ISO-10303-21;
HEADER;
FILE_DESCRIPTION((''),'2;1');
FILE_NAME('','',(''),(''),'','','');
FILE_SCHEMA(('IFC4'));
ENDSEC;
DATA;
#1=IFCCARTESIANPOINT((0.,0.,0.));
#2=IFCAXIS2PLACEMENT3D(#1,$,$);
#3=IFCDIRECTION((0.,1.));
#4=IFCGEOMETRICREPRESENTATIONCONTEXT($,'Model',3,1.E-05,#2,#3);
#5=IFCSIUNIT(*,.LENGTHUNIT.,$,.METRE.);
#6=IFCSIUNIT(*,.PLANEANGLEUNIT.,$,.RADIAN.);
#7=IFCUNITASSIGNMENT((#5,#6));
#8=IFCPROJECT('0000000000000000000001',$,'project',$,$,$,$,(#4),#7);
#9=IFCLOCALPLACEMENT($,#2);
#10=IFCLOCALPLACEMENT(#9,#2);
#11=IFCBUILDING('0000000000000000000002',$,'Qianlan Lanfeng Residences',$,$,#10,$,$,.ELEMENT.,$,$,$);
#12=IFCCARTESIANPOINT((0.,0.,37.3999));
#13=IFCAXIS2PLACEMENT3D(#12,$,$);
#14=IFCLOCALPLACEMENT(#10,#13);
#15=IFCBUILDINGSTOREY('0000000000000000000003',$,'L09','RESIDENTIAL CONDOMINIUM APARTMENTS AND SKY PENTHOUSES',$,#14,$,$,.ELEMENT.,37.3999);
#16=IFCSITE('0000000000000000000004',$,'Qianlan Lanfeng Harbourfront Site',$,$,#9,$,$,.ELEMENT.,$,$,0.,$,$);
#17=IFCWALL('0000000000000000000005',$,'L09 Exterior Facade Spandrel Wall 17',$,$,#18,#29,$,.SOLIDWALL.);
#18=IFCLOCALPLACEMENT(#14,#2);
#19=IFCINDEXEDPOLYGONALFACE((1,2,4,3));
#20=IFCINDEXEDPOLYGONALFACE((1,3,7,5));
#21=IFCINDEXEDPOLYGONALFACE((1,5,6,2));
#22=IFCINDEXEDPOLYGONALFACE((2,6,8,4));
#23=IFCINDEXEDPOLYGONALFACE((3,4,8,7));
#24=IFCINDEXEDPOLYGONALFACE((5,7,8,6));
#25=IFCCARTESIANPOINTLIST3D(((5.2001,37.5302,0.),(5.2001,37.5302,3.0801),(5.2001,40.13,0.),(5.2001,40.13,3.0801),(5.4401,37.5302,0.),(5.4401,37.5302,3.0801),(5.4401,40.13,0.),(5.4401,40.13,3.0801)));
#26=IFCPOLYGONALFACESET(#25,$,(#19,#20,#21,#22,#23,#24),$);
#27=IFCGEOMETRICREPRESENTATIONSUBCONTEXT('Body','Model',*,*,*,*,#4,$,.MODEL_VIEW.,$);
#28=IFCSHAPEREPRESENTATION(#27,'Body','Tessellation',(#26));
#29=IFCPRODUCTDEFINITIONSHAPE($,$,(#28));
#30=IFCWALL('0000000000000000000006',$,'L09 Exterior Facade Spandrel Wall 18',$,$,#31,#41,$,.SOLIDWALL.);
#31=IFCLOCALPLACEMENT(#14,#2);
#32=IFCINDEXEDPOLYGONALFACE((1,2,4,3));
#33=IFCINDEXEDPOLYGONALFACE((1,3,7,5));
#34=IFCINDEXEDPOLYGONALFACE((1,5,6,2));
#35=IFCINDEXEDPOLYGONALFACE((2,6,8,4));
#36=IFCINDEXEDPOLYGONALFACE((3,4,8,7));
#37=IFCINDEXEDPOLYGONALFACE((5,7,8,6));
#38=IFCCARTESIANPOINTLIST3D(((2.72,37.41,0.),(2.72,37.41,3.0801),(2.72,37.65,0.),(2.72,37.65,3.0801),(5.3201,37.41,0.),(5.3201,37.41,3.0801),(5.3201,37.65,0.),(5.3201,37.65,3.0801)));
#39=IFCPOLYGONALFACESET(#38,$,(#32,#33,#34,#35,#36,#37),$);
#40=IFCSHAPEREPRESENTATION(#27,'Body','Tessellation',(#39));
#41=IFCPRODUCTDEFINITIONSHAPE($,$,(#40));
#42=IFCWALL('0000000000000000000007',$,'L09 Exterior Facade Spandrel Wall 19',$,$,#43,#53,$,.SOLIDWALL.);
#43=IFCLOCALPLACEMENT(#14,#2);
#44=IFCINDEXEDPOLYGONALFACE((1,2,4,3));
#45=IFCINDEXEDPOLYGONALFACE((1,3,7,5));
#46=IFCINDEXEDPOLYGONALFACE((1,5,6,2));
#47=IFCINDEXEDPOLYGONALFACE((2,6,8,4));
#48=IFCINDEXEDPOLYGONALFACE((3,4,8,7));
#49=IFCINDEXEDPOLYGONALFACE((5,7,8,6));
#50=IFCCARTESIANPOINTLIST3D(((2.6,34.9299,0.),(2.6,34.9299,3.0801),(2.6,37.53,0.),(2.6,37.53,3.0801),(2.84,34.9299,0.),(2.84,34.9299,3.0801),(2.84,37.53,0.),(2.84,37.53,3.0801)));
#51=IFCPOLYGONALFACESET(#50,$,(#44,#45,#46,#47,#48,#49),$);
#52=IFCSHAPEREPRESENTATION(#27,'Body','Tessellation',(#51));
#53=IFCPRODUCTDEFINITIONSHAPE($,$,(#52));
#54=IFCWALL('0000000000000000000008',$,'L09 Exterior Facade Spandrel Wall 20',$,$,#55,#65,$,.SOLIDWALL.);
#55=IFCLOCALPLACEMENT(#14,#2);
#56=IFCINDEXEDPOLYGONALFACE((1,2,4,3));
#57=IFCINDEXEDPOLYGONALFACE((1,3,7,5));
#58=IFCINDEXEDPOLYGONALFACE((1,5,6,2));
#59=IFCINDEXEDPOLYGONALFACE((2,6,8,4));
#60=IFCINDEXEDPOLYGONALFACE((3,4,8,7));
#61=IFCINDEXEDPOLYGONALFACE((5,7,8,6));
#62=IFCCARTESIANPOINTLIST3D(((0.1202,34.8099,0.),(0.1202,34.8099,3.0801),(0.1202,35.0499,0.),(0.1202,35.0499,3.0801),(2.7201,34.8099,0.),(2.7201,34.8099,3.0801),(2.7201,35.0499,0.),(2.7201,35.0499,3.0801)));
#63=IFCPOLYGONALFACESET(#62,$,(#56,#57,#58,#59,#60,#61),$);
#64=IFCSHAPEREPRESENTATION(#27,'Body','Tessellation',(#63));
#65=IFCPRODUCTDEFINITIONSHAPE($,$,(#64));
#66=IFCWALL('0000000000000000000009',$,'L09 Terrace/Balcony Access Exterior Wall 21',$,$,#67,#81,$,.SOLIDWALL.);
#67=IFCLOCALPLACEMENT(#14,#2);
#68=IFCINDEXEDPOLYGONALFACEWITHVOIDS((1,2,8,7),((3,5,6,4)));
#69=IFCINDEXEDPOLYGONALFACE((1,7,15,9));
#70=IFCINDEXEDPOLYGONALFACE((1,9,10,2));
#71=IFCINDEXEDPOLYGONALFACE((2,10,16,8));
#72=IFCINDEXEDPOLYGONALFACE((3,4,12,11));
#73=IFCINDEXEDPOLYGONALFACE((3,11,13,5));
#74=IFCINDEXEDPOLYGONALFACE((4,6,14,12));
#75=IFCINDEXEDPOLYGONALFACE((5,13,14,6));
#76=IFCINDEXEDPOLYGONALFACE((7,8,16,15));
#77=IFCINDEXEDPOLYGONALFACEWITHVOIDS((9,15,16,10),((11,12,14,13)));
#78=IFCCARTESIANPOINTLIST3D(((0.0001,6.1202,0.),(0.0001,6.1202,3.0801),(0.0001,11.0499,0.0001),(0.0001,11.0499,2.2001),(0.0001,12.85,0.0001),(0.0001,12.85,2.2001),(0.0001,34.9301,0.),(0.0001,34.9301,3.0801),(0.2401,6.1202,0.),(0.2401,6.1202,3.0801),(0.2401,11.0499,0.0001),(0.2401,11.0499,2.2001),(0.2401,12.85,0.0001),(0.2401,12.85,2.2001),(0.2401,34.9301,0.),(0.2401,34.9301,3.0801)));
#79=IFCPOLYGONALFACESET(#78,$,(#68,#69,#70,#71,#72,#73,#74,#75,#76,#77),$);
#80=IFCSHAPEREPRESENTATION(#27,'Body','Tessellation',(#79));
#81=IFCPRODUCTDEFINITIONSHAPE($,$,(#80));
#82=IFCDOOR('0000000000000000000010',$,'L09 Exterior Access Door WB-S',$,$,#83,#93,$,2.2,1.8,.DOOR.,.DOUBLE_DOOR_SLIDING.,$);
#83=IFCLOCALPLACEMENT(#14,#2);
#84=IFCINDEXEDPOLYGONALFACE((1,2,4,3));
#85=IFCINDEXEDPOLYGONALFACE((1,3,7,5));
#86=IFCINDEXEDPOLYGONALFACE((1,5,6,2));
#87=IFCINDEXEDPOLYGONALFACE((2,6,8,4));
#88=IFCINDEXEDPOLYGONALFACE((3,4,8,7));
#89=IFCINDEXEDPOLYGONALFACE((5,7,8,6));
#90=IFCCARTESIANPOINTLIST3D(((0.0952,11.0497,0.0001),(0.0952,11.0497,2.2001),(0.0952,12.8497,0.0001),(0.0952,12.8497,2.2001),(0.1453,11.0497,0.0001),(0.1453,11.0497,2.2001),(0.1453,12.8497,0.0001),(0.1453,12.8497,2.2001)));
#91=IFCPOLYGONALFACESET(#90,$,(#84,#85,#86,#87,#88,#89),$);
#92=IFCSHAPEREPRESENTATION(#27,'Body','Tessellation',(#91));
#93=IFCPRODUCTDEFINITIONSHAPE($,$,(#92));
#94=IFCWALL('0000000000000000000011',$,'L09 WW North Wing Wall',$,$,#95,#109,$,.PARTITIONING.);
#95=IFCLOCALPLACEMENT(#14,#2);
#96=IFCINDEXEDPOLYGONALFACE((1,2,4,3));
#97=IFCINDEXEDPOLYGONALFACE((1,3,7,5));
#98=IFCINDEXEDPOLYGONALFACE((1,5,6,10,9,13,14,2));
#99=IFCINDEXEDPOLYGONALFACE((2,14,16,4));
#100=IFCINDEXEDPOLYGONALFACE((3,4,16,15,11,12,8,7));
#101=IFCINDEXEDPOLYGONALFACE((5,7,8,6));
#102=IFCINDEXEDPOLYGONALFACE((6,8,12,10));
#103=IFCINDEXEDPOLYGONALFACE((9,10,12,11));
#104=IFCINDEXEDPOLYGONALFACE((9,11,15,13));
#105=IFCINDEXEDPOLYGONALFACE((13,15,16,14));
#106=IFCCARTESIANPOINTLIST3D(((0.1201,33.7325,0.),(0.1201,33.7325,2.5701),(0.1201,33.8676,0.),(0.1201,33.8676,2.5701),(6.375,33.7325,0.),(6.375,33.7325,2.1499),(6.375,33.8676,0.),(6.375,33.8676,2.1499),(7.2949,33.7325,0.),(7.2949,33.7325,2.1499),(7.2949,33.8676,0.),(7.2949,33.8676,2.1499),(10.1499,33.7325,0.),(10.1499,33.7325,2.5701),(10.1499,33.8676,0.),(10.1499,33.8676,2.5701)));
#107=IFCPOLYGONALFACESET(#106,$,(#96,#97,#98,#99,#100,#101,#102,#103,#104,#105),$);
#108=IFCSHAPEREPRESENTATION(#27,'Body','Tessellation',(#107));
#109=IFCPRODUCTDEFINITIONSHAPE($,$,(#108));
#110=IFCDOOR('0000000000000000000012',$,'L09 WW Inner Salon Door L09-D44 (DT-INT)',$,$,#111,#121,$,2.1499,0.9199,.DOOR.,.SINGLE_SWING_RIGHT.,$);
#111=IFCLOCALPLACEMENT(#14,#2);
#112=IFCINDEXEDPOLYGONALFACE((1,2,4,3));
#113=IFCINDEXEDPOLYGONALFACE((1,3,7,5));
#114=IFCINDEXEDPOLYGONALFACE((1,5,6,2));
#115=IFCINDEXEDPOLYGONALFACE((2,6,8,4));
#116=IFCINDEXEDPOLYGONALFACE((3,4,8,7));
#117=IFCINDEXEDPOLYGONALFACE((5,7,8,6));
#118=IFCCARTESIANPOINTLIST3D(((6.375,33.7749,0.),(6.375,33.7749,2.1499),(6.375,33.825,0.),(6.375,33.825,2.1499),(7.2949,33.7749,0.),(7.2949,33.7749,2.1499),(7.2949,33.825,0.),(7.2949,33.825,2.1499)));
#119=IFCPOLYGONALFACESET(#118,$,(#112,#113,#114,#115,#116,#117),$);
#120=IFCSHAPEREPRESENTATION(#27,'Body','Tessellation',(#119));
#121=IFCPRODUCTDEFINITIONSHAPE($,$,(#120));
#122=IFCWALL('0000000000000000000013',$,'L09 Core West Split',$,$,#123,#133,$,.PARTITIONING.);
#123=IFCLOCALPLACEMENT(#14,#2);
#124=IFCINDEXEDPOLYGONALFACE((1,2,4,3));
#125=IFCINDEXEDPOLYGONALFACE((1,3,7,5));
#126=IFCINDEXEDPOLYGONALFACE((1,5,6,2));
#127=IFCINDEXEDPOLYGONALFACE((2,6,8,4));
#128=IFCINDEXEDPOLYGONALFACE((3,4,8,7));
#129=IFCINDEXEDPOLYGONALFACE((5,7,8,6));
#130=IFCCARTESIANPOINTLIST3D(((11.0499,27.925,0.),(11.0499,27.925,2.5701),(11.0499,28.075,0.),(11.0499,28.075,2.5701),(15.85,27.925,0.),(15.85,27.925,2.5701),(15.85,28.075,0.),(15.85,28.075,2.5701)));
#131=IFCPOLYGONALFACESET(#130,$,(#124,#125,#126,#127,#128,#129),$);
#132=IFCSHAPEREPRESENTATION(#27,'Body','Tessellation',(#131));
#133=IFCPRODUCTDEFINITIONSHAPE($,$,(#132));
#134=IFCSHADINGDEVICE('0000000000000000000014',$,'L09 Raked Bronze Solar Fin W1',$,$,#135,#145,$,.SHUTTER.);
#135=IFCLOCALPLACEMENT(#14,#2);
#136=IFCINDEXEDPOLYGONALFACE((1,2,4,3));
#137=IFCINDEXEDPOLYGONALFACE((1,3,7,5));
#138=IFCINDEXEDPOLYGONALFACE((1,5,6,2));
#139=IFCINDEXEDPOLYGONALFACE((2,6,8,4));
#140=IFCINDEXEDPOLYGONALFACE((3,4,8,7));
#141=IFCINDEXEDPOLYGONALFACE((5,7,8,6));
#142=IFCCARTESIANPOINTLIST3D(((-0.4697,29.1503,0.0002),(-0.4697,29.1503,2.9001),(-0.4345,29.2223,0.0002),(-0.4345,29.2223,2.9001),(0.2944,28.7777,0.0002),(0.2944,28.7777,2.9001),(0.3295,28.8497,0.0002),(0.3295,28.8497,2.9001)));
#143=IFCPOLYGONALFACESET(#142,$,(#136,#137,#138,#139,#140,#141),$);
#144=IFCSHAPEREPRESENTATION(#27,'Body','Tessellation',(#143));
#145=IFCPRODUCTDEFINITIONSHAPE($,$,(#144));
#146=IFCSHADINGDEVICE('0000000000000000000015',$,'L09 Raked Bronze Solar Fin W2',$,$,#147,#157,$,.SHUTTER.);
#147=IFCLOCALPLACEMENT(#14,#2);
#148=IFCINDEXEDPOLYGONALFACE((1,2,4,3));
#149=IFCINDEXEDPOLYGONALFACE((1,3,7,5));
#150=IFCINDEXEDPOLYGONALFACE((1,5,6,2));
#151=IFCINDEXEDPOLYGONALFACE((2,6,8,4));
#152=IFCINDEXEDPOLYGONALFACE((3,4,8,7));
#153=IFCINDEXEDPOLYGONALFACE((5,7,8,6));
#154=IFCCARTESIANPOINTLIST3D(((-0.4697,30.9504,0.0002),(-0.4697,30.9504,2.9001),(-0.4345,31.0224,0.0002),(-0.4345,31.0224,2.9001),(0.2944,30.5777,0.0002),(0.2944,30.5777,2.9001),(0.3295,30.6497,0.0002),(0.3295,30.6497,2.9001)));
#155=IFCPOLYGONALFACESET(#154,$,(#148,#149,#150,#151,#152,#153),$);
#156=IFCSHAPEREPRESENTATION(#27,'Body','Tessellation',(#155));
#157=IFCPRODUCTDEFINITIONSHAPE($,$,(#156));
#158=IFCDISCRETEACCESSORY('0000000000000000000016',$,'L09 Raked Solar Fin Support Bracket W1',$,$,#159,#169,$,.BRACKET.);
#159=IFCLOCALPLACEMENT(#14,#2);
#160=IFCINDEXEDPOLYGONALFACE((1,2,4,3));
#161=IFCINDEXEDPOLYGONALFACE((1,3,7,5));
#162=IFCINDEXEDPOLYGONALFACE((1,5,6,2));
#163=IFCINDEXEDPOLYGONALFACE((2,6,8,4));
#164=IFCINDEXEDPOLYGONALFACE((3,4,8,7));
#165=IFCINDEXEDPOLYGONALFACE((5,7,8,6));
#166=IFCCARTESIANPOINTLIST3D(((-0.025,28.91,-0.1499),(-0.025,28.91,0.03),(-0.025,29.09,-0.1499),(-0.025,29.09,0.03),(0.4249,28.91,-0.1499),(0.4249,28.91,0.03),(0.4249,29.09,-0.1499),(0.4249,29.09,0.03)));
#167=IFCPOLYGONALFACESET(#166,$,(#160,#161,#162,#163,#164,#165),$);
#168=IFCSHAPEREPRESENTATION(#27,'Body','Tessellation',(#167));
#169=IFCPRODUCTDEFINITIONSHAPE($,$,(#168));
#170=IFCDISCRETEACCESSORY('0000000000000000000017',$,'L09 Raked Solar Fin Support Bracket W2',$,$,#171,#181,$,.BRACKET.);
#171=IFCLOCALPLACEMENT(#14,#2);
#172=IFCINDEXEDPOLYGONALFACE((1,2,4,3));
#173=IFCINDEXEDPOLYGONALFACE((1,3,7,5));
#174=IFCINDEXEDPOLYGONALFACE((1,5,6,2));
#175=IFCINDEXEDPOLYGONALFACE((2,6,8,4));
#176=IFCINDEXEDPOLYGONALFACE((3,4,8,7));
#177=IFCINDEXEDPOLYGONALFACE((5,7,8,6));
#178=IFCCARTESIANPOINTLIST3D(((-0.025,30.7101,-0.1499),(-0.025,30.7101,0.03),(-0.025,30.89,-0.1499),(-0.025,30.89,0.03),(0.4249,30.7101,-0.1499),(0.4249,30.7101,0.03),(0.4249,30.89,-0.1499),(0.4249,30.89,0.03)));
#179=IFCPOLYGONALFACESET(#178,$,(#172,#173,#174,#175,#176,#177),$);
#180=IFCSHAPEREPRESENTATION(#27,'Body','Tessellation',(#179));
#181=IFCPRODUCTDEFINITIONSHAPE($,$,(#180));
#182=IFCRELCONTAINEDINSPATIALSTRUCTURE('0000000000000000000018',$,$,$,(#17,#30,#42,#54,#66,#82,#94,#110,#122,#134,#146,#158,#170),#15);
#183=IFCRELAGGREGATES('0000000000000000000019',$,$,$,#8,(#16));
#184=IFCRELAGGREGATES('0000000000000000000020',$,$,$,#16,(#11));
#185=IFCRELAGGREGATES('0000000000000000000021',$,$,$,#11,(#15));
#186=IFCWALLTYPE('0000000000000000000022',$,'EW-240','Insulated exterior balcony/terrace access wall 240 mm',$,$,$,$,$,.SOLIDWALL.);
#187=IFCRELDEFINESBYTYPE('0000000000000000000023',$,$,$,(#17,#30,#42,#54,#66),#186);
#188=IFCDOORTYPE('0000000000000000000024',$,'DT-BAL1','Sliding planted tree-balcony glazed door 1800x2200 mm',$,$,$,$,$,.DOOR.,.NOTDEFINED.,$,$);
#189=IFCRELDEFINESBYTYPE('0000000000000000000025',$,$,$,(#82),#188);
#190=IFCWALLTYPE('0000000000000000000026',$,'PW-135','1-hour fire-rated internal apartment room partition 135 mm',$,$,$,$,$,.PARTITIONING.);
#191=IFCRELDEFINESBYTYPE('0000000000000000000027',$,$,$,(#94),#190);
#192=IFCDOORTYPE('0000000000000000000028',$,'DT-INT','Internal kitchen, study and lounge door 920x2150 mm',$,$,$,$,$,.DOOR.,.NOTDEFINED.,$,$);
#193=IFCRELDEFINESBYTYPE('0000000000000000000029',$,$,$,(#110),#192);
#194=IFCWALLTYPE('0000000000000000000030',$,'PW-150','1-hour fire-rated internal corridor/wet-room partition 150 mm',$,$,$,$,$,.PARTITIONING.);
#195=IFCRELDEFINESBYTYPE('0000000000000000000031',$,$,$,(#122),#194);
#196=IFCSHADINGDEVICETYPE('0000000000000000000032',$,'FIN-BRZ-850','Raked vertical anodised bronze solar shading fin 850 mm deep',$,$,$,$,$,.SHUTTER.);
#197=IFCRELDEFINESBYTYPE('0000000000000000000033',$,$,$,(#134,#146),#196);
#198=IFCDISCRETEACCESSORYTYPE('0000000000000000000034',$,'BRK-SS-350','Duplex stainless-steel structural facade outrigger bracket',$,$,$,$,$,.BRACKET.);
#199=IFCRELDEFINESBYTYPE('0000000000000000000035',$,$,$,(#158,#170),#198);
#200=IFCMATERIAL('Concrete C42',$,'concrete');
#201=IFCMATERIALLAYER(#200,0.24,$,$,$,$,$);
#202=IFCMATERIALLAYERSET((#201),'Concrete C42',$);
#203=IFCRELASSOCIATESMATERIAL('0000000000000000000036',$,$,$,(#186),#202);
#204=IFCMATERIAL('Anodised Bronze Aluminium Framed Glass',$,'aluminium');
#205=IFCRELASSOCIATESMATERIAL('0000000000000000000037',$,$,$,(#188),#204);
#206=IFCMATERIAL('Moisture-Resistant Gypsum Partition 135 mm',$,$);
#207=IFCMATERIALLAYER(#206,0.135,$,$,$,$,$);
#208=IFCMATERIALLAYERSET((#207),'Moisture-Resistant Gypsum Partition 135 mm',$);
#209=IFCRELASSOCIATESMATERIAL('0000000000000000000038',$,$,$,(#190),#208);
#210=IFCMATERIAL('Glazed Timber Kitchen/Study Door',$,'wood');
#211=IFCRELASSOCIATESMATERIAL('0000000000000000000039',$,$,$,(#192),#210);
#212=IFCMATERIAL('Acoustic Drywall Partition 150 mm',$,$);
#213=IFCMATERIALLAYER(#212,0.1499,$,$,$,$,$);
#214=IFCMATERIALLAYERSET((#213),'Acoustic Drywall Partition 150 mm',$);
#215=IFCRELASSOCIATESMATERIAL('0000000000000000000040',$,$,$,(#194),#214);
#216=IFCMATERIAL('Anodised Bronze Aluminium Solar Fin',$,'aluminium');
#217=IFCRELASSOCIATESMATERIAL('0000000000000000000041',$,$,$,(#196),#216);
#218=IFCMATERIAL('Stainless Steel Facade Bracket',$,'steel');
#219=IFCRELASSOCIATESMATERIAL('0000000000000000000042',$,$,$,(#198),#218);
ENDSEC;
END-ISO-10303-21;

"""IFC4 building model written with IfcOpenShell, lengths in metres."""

from ifc_helpers import new_model, si_unit, direction, frame, frame_2d, origin, origin_2d, place, context, subcontext, project, spatial, rectangle, extrude, source, transform, mapped, material, layer, layer_set, type_object, element, fill, save


model = new_model("IFC4")

# Units and contexts
model_context = context("Model", 3, precision=1e-05, world=origin(), true_north=direction((0.0, 1.0)))
body_context = subcontext(model_context, "Body", "Model", "MODEL_VIEW")
ifc_project = project(units=[si_unit("LENGTHUNIT", "METRE"), si_unit("PLANEANGLEUNIT", "RADIAN")], contexts=[model_context])

# Site, building, storey
site_placement = place(None, origin())
site = spatial("IfcSite", under=ifc_project, at=site_placement, Name="Qianlan Lanfeng Harbourfront Site", CompositionType="ELEMENT", RefElevation=0.0)
building_placement = place(site_placement, origin())
building = spatial("IfcBuilding", under=site, at=building_placement, Name="Qianlan Lanfeng Residences", CompositionType="ELEMENT")
storey_placement = place(building_placement, frame((0.0, 0.0, 37.3999)))
storey = spatial("IfcBuildingStorey", under=building, at=storey_placement, Name="L09", Description="RESIDENTIAL CONDOMINIUM APARTMENTS AND SKY PENTHOUSES", CompositionType="ELEMENT", Elevation=37.3999)

# Walls
ifc_material_1 = material(Name="Concrete C42", Category="concrete")
ifc_layer_1 = layer(ifc_material_1, 0.24)
ifc_layer_set_1 = layer_set([ifc_layer_1], Name="Concrete C42")
wall_type_1 = type_object("IfcWallType", Name="EW-240", Description="Insulated exterior balcony/terrace access wall 240 mm", PredefinedType="SOLIDWALL", material=ifc_layer_set_1)
wall_1_placement = place(storey_placement, frame((5.3201, 40.1299, 0.0), z_axis=(0.0, 0.0, 1.0), x_axis=(0.0, -1.0, 0.0)))
element("IfcWall", 1, at=wall_1_placement, inside=storey, type_object=wall_type_1, Name="L09 Exterior Facade Spandrel Wall 17", PredefinedType="SOLIDWALL", context=body_context, shape_type="SweptSolid", body=[
    extrude(rectangle(XDim=2.5999, YDim=0.24, at=frame_2d((1.2998, 0.0))), origin(), (0.0, 0.0, 1.0), 3.0801),
])
for number, where, z_axis, x_axis, name in (
    (2, (5.3201, 37.53, 0.0), (0.0, 0.0, 1.0), (-1.0, 0.0, 0.0), "L09 Exterior Facade Spandrel Wall 18"),
    (3, (2.72, 37.53, 0.0), (0.0, 0.0, 1.0), (0.0, -1.0, 0.0), "L09 Exterior Facade Spandrel Wall 19"),
):
    element("IfcWall", number, at=place(storey_placement, frame(where, z_axis=z_axis, x_axis=x_axis)), inside=storey, type_object=wall_type_1, Name=name, PredefinedType="SOLIDWALL", context=body_context, shape_type="SweptSolid", body=[
        extrude(rectangle(XDim=2.6001, YDim=0.24, at=frame_2d((1.3, 0.0))), origin(), (0.0, 0.0, 1.0), 3.0801),
    ])
wall_2_placement = place(storey_placement, frame((2.72, 34.9299, 0.0), z_axis=(0.0, 0.0, 1.0), x_axis=(-1.0, 0.0, 0.0)))
element("IfcWall", 4, at=wall_2_placement, inside=storey, type_object=wall_type_1, Name="L09 Exterior Facade Spandrel Wall 20", PredefinedType="SOLIDWALL", context=body_context, shape_type="SweptSolid", body=[
    extrude(rectangle(XDim=2.5999, YDim=0.24, at=frame_2d((1.2998, 0.0))), origin(), (0.0, 0.0, 1.0), 3.0801),
])

# Walls, openings, doors
wall_3_placement = place(storey_placement, frame((0.1201, 34.9299, 0.0), z_axis=(0.0, 0.0, 1.0), x_axis=(0.0, -1.0, 0.0)))
wall_3 = element("IfcWall", 5, at=wall_3_placement, inside=storey, type_object=wall_type_1, Name="L09 Terrace/Balcony Access Exterior Wall 21", PredefinedType="SOLIDWALL", context=body_context, shape_type="SweptSolid", body=[
    extrude(rectangle(XDim=28.8098, YDim=0.24, at=frame_2d((14.4048, 0.0))), origin(), (0.0, 0.0, 1.0), 3.0801),
])
opening_1_placement = place(wall_3_placement, frame((22.0801, 0.0, 0.0)))
opening_1 = element("IfcOpeningElement", 6, at=opening_1_placement, cuts=wall_3, PredefinedType="OPENING", context=body_context, shape_type="SweptSolid", body=[
    extrude(rectangle(XDim=1.8, YDim=2.2, at=frame_2d((0.8999, 1.1001))), frame((0.0, 0.1299, 0.0), z_axis=(0.0, -1.0, 0.0), x_axis=(1.0, 0.0, 0.0)), (0.0, 0.0, 1.0), 0.26),
])
ifc_material_2 = material(Name="Anodised Bronze Aluminium Framed Glass", Category="aluminium")
door_type_1 = type_object("IfcDoorType", Name="DT-BAL1", Description="Sliding planted tree-balcony glazed door 1800x2200 mm", OperationType="NOTDEFINED", PredefinedType="DOOR", material=ifc_material_2)
door_1_placement = place(opening_1_placement, frame((1.8, 0.0, 0.0), z_axis=(0.0, 0.0, 1.0), x_axis=(-1.0, 0.0, 0.0)))
door_1 = element("IfcDoor", 7, at=door_1_placement, inside=storey, type_object=door_type_1, Name="L09 Exterior Access Door WB-S", OperationType="DOUBLE_DOOR_SLIDING", OverallHeight=2.2, OverallWidth=1.8, PredefinedType="DOOR", context=body_context, shape_type="SweptSolid", body=[
    extrude(rectangle(XDim=1.8, YDim=2.2, at=frame_2d((0.8999, 1.1001))), frame((0.0, 0.0249, 0.0), z_axis=(0.0, -1.0, 0.0), x_axis=(1.0, 0.0, 0.0)), (0.0, 0.0, 1.0), 0.05),
])
fill(opening_1, door_1)
ifc_material_3 = material(Name="Moisture-Resistant Gypsum Partition 135 mm")
ifc_layer_2 = layer(ifc_material_3, 0.135)
ifc_layer_set_2 = layer_set([ifc_layer_2], Name="Moisture-Resistant Gypsum Partition 135 mm")
wall_type_2 = type_object("IfcWallType", Name="PW-135", Description="1-hour fire-rated internal apartment room partition 135 mm", PredefinedType="PARTITIONING", material=ifc_layer_set_2)
wall_4_placement = place(storey_placement, frame((0.1201, 33.8, 0.0), z_axis=(0.0, 0.0, 1.0), x_axis=(1.0, 0.0, 0.0)))
wall_4 = element("IfcWall", 8, at=wall_4_placement, inside=storey, type_object=wall_type_2, Name="L09 WW North Wing Wall", PredefinedType="PARTITIONING", context=body_context, shape_type="SweptSolid", body=[
    extrude(rectangle(XDim=10.0298, YDim=0.135, at=frame_2d((5.0149, 0.0))), origin(), (0.0, 0.0, 1.0), 2.5701),
])
opening_2_placement = place(wall_4_placement, frame((6.2549, 0.0, 0.0)))
opening_2 = element("IfcOpeningElement", 9, at=opening_2_placement, cuts=wall_4, PredefinedType="OPENING", context=body_context, shape_type="SweptSolid", body=[
    extrude(rectangle(XDim=0.9199, YDim=2.1499, at=frame_2d((0.46, 1.075))), frame((0.0, 0.0776, 0.0), z_axis=(0.0, -1.0, 0.0), x_axis=(1.0, 0.0, 0.0)), (0.0, 0.0, 1.0), 0.155),
])
ifc_material_4 = material(Name="Glazed Timber Kitchen/Study Door", Category="wood")
door_type_2 = type_object("IfcDoorType", Name="DT-INT", Description="Internal kitchen, study and lounge door 920x2150 mm", OperationType="NOTDEFINED", PredefinedType="DOOR", material=ifc_material_4)
door_2_placement = place(opening_2_placement, origin())
door_2 = element("IfcDoor", 10, at=door_2_placement, inside=storey, type_object=door_type_2, Name="L09 WW Inner Salon Door L09-D44 (DT-INT)", OperationType="SINGLE_SWING_RIGHT", OverallHeight=2.1499, OverallWidth=0.9199, PredefinedType="DOOR", context=body_context, shape_type="SweptSolid", body=[
    extrude(rectangle(XDim=0.9199, YDim=2.1499, at=frame_2d((0.46, 1.075))), frame((0.0, 0.0249, 0.0), z_axis=(0.0, -1.0, 0.0), x_axis=(1.0, 0.0, 0.0)), (0.0, 0.0, 1.0), 0.05),
])
fill(opening_2, door_2)

# Wall
ifc_material_5 = material(Name="Acoustic Drywall Partition 150 mm")
ifc_layer_3 = layer(ifc_material_5, 0.1499)
ifc_layer_set_3 = layer_set([ifc_layer_3], Name="Acoustic Drywall Partition 150 mm")
wall_type_3 = type_object("IfcWallType", Name="PW-150", Description="1-hour fire-rated internal corridor/wet-room partition 150 mm", PredefinedType="PARTITIONING", material=ifc_layer_set_3)
wall_5_placement = place(storey_placement, frame((11.05, 28.0, 0.0), z_axis=(0.0, 0.0, 1.0), x_axis=(1.0, 0.0, 0.0)))
element("IfcWall", 11, at=wall_5_placement, inside=storey, type_object=wall_type_3, Name="L09 Core West Split", PredefinedType="PARTITIONING", context=body_context, shape_type="SweptSolid", body=[
    extrude(rectangle(XDim=4.8, YDim=0.1499, at=frame_2d((2.3999, 0.0))), origin(), (0.0, 0.0, 1.0), 2.5701),
])

# Shading devices
ifc_material_6 = material(Name="Anodised Bronze Aluminium Solar Fin", Category="aluminium")
shading_device_type = type_object("IfcShadingDeviceType", Name="FIN-BRZ-850", Description="Raked vertical anodised bronze solar shading fin 850 mm deep", PredefinedType="SHUTTER", material=ifc_material_6)
shared_shape_1 = source(origin(), body_context, "Body", "SweptSolid", [
    extrude(rectangle(XDim=0.8501, YDim=0.0801, at=origin_2d()), origin(), (0.0, 0.0, 1.0), 2.8999),
])
for number, where, z_axis, x_axis, name in (
    (12, (-0.0701, 29.0, 0.0002), (0.0, 0.0, 1.0), (0.898794, -0.438371, 0.0), "L09 Raked Bronze Solar Fin W1"),
    (13, (-0.0701, 30.8, 0.0002), (0.0, 0.0, 1.0), (0.898794, -0.438371, 0.0), "L09 Raked Bronze Solar Fin W2"),
):
    element("IfcShadingDevice", number, at=place(storey_placement, frame(where, z_axis=z_axis, x_axis=x_axis)), inside=storey, type_object=shading_device_type, Name=name, PredefinedType="SHUTTER", context=body_context, shape_type="MappedRepresentation", body=[
        mapped(shared_shape_1, transform((0.0, 0.0, 0.0), scale=1.0)),
    ])

# Discrete accessories
ifc_material_7 = material(Name="Stainless Steel Facade Bracket", Category="steel")
discrete_accessory_type = type_object("IfcDiscreteAccessoryType", Name="BRK-SS-350", Description="Duplex stainless-steel structural facade outrigger bracket", PredefinedType="BRACKET", material=ifc_material_7)
shared_shape_2 = source(origin(), body_context, "Body", "SweptSolid", [
    extrude(rectangle(XDim=0.45, YDim=0.1799, at=origin_2d()), origin(), (0.0, 0.0, 1.0), 0.1799),
])
for number, where, z_axis, x_axis, name in (
    (14, (0.2, 29.0, -0.1499), (0.0, 0.0, 1.0), (1.0, 0.0, 0.0), "L09 Raked Solar Fin Support Bracket W1"),
    (15, (0.2, 30.8, -0.1499), (0.0, 0.0, 1.0), (1.0, 0.0, 0.0), "L09 Raked Solar Fin Support Bracket W2"),
):
    element("IfcDiscreteAccessory", number, at=place(storey_placement, frame(where, z_axis=z_axis, x_axis=x_axis)), inside=storey, type_object=discrete_accessory_type, Name=name, PredefinedType="BRACKET", context=body_context, shape_type="MappedRepresentation", body=[
        mapped(shared_shape_2, transform((0.0, 0.0, 0.0), scale=1.0)),
    ])

save(model, "model.ifc")
